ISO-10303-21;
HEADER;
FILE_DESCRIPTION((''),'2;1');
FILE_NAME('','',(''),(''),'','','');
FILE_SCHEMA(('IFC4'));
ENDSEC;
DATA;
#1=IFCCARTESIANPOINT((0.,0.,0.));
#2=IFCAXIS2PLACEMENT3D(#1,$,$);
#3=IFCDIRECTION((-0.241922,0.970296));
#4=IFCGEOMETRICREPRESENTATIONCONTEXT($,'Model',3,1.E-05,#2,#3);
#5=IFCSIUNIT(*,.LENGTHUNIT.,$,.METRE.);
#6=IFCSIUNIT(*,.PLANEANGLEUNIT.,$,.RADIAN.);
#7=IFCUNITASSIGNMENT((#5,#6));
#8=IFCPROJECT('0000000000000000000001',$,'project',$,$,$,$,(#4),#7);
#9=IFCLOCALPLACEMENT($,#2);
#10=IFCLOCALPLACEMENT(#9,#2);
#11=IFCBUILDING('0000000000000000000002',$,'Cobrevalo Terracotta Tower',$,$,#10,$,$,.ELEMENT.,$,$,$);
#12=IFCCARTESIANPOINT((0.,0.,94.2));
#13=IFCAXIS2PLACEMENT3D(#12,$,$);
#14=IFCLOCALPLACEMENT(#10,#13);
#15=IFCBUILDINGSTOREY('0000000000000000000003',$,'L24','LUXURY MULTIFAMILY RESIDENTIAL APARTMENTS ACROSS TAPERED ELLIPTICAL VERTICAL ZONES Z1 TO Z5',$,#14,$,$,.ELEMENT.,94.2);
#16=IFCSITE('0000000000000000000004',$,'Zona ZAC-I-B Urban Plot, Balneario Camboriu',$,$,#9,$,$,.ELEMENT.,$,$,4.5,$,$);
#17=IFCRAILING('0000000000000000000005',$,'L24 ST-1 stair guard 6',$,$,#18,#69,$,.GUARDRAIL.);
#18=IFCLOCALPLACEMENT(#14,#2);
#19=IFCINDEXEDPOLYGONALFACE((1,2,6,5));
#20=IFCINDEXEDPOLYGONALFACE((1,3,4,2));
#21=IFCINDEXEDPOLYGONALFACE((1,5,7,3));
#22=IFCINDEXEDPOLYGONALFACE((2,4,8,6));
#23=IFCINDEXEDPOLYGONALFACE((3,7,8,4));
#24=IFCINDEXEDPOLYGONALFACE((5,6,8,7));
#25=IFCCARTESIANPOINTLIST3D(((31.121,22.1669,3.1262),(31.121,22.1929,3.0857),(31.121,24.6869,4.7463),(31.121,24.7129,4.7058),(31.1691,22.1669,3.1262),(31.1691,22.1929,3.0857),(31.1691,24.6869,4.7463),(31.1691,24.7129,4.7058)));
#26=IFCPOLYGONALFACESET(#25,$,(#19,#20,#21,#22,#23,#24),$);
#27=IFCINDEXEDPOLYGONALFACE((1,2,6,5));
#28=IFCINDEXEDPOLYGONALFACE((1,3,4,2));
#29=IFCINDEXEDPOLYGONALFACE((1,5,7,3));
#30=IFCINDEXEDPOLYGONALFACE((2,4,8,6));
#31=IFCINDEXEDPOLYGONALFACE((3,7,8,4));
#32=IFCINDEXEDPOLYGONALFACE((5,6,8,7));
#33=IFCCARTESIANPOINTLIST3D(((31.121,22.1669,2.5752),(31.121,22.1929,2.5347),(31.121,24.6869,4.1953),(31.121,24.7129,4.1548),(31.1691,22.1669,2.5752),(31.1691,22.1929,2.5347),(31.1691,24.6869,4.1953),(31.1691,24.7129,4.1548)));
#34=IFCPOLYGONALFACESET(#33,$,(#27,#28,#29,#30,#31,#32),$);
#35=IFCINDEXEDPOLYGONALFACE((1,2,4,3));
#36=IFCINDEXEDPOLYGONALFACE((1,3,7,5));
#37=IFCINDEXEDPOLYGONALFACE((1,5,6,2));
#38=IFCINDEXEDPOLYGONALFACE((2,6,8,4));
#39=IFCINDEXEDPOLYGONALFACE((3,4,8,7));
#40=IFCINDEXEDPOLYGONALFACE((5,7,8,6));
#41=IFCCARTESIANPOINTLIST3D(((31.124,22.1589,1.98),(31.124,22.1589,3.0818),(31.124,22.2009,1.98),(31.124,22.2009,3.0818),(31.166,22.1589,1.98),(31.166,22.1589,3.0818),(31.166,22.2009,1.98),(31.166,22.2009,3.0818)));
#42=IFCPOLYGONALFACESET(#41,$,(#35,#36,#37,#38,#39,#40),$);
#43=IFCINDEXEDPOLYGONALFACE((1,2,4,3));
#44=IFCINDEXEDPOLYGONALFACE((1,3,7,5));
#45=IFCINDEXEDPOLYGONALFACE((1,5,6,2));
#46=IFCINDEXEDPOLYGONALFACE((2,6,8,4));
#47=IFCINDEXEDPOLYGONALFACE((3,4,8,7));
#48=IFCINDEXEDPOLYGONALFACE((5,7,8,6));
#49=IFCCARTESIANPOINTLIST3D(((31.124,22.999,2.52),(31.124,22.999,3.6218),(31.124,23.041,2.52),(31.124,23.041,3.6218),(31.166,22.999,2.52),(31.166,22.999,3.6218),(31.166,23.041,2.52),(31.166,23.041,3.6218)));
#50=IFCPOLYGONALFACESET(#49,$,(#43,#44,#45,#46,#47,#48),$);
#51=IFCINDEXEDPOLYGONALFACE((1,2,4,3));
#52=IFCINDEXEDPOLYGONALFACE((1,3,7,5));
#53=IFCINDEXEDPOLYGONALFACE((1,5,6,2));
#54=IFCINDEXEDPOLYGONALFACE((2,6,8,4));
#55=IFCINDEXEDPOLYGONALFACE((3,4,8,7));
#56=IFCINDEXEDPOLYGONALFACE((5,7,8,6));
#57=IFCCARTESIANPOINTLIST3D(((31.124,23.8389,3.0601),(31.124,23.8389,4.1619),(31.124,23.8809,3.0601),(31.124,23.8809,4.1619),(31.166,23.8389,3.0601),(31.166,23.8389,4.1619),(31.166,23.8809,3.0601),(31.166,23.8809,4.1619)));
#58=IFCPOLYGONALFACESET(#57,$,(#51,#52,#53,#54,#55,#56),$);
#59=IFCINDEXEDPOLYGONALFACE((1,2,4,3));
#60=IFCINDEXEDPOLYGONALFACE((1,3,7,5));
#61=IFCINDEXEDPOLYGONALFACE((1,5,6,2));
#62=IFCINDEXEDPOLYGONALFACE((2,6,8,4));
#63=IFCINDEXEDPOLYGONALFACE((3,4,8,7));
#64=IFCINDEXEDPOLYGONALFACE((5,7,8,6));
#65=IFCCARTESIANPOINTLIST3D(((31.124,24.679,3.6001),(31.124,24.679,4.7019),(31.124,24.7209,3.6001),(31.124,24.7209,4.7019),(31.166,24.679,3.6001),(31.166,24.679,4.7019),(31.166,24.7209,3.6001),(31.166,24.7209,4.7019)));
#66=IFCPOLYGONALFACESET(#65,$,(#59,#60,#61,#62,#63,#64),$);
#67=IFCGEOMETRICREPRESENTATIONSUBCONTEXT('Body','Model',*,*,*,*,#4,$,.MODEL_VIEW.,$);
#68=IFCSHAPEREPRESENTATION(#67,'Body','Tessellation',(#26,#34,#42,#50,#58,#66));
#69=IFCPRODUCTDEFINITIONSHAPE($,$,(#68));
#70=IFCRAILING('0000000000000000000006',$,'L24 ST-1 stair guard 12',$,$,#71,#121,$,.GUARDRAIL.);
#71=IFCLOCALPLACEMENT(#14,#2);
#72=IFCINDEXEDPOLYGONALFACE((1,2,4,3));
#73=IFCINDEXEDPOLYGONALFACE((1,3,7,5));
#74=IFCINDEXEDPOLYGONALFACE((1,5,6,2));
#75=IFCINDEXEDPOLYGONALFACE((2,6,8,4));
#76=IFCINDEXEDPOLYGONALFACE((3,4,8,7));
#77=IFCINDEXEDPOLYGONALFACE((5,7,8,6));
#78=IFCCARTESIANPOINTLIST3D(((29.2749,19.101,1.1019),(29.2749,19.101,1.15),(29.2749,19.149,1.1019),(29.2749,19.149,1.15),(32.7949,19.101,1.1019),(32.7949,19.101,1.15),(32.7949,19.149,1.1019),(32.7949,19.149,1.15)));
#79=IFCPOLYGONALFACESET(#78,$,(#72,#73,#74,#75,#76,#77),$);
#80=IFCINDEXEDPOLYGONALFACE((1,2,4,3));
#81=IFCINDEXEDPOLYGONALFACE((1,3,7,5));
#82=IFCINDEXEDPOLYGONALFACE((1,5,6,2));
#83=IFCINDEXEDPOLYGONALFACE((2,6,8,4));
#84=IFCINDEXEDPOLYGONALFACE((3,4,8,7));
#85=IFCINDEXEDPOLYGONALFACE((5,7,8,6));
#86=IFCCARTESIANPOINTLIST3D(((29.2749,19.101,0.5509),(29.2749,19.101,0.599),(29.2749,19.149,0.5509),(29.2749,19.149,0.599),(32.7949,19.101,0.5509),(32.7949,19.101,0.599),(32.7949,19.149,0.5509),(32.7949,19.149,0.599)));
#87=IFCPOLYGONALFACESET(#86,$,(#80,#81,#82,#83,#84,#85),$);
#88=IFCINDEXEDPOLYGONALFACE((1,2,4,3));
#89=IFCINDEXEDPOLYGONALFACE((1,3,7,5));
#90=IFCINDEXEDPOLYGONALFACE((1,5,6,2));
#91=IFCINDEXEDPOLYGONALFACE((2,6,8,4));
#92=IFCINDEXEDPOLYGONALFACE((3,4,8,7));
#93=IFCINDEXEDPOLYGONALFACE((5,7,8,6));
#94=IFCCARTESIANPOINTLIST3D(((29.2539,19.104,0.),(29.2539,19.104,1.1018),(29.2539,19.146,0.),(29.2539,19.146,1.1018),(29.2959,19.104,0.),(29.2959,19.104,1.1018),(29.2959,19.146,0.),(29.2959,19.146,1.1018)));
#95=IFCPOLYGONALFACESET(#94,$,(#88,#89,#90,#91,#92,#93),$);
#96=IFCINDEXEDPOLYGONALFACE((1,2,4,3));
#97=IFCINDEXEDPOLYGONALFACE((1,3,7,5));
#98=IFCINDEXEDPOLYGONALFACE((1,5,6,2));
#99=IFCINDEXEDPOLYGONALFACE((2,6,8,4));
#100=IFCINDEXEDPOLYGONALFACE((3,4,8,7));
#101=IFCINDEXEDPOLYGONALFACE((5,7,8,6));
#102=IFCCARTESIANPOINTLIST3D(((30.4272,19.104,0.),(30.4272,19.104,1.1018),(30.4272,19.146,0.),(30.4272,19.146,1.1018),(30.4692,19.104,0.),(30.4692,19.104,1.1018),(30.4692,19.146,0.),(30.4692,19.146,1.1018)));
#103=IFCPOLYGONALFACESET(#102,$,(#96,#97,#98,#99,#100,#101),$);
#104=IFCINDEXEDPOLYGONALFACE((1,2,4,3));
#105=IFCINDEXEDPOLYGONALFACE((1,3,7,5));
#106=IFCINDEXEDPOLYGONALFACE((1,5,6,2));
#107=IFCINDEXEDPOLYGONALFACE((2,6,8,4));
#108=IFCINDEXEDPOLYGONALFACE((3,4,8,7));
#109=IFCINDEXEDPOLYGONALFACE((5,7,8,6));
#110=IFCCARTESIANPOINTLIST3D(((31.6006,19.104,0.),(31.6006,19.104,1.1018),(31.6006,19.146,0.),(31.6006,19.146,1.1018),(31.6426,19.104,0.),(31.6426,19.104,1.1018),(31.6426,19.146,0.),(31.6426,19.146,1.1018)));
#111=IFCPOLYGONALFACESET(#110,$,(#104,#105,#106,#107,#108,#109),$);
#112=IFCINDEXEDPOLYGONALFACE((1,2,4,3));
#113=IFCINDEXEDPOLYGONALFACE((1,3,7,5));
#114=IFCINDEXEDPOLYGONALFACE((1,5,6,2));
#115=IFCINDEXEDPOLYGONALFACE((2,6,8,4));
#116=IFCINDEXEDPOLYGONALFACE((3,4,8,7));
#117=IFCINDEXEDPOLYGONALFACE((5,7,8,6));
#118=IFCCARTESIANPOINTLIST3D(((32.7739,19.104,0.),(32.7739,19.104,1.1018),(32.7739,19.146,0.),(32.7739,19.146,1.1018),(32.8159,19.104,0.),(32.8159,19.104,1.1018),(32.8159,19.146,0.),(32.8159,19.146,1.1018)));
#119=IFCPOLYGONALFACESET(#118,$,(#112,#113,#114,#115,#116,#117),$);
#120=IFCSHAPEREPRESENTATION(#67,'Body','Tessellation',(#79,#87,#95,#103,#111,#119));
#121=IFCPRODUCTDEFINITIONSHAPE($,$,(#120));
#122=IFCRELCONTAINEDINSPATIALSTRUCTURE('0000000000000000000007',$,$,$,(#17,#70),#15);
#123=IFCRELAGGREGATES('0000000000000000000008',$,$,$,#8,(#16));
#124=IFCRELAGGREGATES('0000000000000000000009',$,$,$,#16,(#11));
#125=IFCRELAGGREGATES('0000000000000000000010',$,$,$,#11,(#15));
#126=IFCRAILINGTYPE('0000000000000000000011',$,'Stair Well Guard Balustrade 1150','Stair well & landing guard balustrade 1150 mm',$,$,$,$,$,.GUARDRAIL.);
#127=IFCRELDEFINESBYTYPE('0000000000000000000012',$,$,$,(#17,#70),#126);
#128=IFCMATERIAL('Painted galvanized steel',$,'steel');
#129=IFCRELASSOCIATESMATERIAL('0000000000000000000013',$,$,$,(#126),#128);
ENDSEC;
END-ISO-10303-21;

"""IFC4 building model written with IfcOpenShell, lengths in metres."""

from ifc_helpers import new_model, si_unit, direction, frame, origin, origin_2d, place, context, subcontext, project, spatial, rectangle, extrude, material, type_object, element, save


model = new_model("IFC4")

# Units and contexts
model_context = context("Model", 3, precision=1e-05, world=origin(), true_north=direction((-0.241922, 0.970296)))
body_context = subcontext(model_context, "Body", "Model", "MODEL_VIEW")
ifc_project = project(units=[si_unit("LENGTHUNIT", "METRE"), si_unit("PLANEANGLEUNIT", "RADIAN")], contexts=[model_context])

# Site, building, storey
site_placement = place(None, origin())
site = spatial("IfcSite", under=ifc_project, at=site_placement, Name="Zona ZAC-I-B Urban Plot, Balneario Camboriu", CompositionType="ELEMENT", RefElevation=4.5)
building_placement = place(site_placement, origin())
building = spatial("IfcBuilding", under=site, at=building_placement, Name="Cobrevalo Terracotta Tower", CompositionType="ELEMENT")
storey_placement = place(building_placement, frame((0.0, 0.0, 94.2)))
storey = spatial("IfcBuildingStorey", under=building, at=storey_placement, Name="L24", Description="LUXURY MULTIFAMILY RESIDENTIAL APARTMENTS ACROSS TAPERED ELLIPTICAL VERTICAL ZONES Z1 TO Z5", CompositionType="ELEMENT", Elevation=94.2)

# Railings
ifc_material_1 = material(Name="Painted galvanized steel", Category="steel")
railing_type_1 = type_object("IfcRailingType", Name="Stair Well Guard Balustrade 1150", Description="Stair well & landing guard balustrade 1150 mm", PredefinedType="GUARDRAIL", material=ifc_material_1)
railing_1_placement = place(storey_placement, frame((31.145, 22.1799, 1.98)))
element("IfcRailing", 1, at=railing_1_placement, inside=storey, type_object=railing_type_1, Name="L24 ST-1 stair guard 6", PredefinedType="GUARDRAIL", context=body_context, shape_type="SweptSolid", body=[
    extrude(rectangle(XDim=0.0481, YDim=0.0481, at=origin_2d()), frame((0.0, 0.0, 1.126), z_axis=(0.0, 0.841163, 0.540782), x_axis=(-1.0, 0.0, 0.0)), (0.0, 0.0, 1.0), 2.9958),
    extrude(rectangle(XDim=0.0481, YDim=0.0481, at=origin_2d()), frame((0.0, 0.0, 0.575), z_axis=(0.0, 0.841163, 0.540782), x_axis=(-1.0, 0.0, 0.0)), (0.0, 0.0, 1.0), 2.9958),
    extrude(rectangle(XDim=0.042, YDim=0.042, at=origin_2d()), origin(), (0.0, 0.0, 1.0), 1.1018),
    extrude(rectangle(XDim=0.042, YDim=0.042, at=origin_2d()), frame((0.0, 0.8401, 0.54)), (0.0, 0.0, 1.0), 1.1018),
    extrude(rectangle(XDim=0.042, YDim=0.042, at=origin_2d()), frame((0.0, 1.6799, 1.0801)), (0.0, 0.0, 1.0), 1.1018),
    extrude(rectangle(XDim=0.042, YDim=0.042, at=origin_2d()), frame((0.0, 2.52, 1.6201)), (0.0, 0.0, 1.0), 1.1018),
])
railing_2_placement = place(storey_placement, frame((29.2749, 19.125, 0.0)))
element("IfcRailing", 2, at=railing_2_placement, inside=storey, type_object=railing_type_1, Name="L24 ST-1 stair guard 12", PredefinedType="GUARDRAIL", context=body_context, shape_type="SweptSolid", body=[
    extrude(rectangle(XDim=0.0481, YDim=0.0481, at=origin_2d()), frame((0.0, 0.0, 1.126), z_axis=(1.0, 0.0, 0.0), x_axis=(0.0, 1.0, 0.0)), (0.0, 0.0, 1.0), 3.52),
    extrude(rectangle(XDim=0.0481, YDim=0.0481, at=origin_2d()), frame((0.0, 0.0, 0.575), z_axis=(1.0, 0.0, 0.0), x_axis=(0.0, 1.0, 0.0)), (0.0, 0.0, 1.0), 3.52),
    extrude(rectangle(XDim=0.042, YDim=0.042, at=origin_2d()), origin(), (0.0, 0.0, 1.0), 1.1018),
    extrude(rectangle(XDim=0.042, YDim=0.042, at=origin_2d()), frame((1.1733, 0.0, 0.0)), (0.0, 0.0, 1.0), 1.1018),
    extrude(rectangle(XDim=0.042, YDim=0.042, at=origin_2d()), frame((2.3467, 0.0, 0.0)), (0.0, 0.0, 1.0), 1.1018),
    extrude(rectangle(XDim=0.042, YDim=0.042, at=origin_2d()), frame((3.52, 0.0, 0.0)), (0.0, 0.0, 1.0), 1.1018),
])

save(model, "model.ifc")
